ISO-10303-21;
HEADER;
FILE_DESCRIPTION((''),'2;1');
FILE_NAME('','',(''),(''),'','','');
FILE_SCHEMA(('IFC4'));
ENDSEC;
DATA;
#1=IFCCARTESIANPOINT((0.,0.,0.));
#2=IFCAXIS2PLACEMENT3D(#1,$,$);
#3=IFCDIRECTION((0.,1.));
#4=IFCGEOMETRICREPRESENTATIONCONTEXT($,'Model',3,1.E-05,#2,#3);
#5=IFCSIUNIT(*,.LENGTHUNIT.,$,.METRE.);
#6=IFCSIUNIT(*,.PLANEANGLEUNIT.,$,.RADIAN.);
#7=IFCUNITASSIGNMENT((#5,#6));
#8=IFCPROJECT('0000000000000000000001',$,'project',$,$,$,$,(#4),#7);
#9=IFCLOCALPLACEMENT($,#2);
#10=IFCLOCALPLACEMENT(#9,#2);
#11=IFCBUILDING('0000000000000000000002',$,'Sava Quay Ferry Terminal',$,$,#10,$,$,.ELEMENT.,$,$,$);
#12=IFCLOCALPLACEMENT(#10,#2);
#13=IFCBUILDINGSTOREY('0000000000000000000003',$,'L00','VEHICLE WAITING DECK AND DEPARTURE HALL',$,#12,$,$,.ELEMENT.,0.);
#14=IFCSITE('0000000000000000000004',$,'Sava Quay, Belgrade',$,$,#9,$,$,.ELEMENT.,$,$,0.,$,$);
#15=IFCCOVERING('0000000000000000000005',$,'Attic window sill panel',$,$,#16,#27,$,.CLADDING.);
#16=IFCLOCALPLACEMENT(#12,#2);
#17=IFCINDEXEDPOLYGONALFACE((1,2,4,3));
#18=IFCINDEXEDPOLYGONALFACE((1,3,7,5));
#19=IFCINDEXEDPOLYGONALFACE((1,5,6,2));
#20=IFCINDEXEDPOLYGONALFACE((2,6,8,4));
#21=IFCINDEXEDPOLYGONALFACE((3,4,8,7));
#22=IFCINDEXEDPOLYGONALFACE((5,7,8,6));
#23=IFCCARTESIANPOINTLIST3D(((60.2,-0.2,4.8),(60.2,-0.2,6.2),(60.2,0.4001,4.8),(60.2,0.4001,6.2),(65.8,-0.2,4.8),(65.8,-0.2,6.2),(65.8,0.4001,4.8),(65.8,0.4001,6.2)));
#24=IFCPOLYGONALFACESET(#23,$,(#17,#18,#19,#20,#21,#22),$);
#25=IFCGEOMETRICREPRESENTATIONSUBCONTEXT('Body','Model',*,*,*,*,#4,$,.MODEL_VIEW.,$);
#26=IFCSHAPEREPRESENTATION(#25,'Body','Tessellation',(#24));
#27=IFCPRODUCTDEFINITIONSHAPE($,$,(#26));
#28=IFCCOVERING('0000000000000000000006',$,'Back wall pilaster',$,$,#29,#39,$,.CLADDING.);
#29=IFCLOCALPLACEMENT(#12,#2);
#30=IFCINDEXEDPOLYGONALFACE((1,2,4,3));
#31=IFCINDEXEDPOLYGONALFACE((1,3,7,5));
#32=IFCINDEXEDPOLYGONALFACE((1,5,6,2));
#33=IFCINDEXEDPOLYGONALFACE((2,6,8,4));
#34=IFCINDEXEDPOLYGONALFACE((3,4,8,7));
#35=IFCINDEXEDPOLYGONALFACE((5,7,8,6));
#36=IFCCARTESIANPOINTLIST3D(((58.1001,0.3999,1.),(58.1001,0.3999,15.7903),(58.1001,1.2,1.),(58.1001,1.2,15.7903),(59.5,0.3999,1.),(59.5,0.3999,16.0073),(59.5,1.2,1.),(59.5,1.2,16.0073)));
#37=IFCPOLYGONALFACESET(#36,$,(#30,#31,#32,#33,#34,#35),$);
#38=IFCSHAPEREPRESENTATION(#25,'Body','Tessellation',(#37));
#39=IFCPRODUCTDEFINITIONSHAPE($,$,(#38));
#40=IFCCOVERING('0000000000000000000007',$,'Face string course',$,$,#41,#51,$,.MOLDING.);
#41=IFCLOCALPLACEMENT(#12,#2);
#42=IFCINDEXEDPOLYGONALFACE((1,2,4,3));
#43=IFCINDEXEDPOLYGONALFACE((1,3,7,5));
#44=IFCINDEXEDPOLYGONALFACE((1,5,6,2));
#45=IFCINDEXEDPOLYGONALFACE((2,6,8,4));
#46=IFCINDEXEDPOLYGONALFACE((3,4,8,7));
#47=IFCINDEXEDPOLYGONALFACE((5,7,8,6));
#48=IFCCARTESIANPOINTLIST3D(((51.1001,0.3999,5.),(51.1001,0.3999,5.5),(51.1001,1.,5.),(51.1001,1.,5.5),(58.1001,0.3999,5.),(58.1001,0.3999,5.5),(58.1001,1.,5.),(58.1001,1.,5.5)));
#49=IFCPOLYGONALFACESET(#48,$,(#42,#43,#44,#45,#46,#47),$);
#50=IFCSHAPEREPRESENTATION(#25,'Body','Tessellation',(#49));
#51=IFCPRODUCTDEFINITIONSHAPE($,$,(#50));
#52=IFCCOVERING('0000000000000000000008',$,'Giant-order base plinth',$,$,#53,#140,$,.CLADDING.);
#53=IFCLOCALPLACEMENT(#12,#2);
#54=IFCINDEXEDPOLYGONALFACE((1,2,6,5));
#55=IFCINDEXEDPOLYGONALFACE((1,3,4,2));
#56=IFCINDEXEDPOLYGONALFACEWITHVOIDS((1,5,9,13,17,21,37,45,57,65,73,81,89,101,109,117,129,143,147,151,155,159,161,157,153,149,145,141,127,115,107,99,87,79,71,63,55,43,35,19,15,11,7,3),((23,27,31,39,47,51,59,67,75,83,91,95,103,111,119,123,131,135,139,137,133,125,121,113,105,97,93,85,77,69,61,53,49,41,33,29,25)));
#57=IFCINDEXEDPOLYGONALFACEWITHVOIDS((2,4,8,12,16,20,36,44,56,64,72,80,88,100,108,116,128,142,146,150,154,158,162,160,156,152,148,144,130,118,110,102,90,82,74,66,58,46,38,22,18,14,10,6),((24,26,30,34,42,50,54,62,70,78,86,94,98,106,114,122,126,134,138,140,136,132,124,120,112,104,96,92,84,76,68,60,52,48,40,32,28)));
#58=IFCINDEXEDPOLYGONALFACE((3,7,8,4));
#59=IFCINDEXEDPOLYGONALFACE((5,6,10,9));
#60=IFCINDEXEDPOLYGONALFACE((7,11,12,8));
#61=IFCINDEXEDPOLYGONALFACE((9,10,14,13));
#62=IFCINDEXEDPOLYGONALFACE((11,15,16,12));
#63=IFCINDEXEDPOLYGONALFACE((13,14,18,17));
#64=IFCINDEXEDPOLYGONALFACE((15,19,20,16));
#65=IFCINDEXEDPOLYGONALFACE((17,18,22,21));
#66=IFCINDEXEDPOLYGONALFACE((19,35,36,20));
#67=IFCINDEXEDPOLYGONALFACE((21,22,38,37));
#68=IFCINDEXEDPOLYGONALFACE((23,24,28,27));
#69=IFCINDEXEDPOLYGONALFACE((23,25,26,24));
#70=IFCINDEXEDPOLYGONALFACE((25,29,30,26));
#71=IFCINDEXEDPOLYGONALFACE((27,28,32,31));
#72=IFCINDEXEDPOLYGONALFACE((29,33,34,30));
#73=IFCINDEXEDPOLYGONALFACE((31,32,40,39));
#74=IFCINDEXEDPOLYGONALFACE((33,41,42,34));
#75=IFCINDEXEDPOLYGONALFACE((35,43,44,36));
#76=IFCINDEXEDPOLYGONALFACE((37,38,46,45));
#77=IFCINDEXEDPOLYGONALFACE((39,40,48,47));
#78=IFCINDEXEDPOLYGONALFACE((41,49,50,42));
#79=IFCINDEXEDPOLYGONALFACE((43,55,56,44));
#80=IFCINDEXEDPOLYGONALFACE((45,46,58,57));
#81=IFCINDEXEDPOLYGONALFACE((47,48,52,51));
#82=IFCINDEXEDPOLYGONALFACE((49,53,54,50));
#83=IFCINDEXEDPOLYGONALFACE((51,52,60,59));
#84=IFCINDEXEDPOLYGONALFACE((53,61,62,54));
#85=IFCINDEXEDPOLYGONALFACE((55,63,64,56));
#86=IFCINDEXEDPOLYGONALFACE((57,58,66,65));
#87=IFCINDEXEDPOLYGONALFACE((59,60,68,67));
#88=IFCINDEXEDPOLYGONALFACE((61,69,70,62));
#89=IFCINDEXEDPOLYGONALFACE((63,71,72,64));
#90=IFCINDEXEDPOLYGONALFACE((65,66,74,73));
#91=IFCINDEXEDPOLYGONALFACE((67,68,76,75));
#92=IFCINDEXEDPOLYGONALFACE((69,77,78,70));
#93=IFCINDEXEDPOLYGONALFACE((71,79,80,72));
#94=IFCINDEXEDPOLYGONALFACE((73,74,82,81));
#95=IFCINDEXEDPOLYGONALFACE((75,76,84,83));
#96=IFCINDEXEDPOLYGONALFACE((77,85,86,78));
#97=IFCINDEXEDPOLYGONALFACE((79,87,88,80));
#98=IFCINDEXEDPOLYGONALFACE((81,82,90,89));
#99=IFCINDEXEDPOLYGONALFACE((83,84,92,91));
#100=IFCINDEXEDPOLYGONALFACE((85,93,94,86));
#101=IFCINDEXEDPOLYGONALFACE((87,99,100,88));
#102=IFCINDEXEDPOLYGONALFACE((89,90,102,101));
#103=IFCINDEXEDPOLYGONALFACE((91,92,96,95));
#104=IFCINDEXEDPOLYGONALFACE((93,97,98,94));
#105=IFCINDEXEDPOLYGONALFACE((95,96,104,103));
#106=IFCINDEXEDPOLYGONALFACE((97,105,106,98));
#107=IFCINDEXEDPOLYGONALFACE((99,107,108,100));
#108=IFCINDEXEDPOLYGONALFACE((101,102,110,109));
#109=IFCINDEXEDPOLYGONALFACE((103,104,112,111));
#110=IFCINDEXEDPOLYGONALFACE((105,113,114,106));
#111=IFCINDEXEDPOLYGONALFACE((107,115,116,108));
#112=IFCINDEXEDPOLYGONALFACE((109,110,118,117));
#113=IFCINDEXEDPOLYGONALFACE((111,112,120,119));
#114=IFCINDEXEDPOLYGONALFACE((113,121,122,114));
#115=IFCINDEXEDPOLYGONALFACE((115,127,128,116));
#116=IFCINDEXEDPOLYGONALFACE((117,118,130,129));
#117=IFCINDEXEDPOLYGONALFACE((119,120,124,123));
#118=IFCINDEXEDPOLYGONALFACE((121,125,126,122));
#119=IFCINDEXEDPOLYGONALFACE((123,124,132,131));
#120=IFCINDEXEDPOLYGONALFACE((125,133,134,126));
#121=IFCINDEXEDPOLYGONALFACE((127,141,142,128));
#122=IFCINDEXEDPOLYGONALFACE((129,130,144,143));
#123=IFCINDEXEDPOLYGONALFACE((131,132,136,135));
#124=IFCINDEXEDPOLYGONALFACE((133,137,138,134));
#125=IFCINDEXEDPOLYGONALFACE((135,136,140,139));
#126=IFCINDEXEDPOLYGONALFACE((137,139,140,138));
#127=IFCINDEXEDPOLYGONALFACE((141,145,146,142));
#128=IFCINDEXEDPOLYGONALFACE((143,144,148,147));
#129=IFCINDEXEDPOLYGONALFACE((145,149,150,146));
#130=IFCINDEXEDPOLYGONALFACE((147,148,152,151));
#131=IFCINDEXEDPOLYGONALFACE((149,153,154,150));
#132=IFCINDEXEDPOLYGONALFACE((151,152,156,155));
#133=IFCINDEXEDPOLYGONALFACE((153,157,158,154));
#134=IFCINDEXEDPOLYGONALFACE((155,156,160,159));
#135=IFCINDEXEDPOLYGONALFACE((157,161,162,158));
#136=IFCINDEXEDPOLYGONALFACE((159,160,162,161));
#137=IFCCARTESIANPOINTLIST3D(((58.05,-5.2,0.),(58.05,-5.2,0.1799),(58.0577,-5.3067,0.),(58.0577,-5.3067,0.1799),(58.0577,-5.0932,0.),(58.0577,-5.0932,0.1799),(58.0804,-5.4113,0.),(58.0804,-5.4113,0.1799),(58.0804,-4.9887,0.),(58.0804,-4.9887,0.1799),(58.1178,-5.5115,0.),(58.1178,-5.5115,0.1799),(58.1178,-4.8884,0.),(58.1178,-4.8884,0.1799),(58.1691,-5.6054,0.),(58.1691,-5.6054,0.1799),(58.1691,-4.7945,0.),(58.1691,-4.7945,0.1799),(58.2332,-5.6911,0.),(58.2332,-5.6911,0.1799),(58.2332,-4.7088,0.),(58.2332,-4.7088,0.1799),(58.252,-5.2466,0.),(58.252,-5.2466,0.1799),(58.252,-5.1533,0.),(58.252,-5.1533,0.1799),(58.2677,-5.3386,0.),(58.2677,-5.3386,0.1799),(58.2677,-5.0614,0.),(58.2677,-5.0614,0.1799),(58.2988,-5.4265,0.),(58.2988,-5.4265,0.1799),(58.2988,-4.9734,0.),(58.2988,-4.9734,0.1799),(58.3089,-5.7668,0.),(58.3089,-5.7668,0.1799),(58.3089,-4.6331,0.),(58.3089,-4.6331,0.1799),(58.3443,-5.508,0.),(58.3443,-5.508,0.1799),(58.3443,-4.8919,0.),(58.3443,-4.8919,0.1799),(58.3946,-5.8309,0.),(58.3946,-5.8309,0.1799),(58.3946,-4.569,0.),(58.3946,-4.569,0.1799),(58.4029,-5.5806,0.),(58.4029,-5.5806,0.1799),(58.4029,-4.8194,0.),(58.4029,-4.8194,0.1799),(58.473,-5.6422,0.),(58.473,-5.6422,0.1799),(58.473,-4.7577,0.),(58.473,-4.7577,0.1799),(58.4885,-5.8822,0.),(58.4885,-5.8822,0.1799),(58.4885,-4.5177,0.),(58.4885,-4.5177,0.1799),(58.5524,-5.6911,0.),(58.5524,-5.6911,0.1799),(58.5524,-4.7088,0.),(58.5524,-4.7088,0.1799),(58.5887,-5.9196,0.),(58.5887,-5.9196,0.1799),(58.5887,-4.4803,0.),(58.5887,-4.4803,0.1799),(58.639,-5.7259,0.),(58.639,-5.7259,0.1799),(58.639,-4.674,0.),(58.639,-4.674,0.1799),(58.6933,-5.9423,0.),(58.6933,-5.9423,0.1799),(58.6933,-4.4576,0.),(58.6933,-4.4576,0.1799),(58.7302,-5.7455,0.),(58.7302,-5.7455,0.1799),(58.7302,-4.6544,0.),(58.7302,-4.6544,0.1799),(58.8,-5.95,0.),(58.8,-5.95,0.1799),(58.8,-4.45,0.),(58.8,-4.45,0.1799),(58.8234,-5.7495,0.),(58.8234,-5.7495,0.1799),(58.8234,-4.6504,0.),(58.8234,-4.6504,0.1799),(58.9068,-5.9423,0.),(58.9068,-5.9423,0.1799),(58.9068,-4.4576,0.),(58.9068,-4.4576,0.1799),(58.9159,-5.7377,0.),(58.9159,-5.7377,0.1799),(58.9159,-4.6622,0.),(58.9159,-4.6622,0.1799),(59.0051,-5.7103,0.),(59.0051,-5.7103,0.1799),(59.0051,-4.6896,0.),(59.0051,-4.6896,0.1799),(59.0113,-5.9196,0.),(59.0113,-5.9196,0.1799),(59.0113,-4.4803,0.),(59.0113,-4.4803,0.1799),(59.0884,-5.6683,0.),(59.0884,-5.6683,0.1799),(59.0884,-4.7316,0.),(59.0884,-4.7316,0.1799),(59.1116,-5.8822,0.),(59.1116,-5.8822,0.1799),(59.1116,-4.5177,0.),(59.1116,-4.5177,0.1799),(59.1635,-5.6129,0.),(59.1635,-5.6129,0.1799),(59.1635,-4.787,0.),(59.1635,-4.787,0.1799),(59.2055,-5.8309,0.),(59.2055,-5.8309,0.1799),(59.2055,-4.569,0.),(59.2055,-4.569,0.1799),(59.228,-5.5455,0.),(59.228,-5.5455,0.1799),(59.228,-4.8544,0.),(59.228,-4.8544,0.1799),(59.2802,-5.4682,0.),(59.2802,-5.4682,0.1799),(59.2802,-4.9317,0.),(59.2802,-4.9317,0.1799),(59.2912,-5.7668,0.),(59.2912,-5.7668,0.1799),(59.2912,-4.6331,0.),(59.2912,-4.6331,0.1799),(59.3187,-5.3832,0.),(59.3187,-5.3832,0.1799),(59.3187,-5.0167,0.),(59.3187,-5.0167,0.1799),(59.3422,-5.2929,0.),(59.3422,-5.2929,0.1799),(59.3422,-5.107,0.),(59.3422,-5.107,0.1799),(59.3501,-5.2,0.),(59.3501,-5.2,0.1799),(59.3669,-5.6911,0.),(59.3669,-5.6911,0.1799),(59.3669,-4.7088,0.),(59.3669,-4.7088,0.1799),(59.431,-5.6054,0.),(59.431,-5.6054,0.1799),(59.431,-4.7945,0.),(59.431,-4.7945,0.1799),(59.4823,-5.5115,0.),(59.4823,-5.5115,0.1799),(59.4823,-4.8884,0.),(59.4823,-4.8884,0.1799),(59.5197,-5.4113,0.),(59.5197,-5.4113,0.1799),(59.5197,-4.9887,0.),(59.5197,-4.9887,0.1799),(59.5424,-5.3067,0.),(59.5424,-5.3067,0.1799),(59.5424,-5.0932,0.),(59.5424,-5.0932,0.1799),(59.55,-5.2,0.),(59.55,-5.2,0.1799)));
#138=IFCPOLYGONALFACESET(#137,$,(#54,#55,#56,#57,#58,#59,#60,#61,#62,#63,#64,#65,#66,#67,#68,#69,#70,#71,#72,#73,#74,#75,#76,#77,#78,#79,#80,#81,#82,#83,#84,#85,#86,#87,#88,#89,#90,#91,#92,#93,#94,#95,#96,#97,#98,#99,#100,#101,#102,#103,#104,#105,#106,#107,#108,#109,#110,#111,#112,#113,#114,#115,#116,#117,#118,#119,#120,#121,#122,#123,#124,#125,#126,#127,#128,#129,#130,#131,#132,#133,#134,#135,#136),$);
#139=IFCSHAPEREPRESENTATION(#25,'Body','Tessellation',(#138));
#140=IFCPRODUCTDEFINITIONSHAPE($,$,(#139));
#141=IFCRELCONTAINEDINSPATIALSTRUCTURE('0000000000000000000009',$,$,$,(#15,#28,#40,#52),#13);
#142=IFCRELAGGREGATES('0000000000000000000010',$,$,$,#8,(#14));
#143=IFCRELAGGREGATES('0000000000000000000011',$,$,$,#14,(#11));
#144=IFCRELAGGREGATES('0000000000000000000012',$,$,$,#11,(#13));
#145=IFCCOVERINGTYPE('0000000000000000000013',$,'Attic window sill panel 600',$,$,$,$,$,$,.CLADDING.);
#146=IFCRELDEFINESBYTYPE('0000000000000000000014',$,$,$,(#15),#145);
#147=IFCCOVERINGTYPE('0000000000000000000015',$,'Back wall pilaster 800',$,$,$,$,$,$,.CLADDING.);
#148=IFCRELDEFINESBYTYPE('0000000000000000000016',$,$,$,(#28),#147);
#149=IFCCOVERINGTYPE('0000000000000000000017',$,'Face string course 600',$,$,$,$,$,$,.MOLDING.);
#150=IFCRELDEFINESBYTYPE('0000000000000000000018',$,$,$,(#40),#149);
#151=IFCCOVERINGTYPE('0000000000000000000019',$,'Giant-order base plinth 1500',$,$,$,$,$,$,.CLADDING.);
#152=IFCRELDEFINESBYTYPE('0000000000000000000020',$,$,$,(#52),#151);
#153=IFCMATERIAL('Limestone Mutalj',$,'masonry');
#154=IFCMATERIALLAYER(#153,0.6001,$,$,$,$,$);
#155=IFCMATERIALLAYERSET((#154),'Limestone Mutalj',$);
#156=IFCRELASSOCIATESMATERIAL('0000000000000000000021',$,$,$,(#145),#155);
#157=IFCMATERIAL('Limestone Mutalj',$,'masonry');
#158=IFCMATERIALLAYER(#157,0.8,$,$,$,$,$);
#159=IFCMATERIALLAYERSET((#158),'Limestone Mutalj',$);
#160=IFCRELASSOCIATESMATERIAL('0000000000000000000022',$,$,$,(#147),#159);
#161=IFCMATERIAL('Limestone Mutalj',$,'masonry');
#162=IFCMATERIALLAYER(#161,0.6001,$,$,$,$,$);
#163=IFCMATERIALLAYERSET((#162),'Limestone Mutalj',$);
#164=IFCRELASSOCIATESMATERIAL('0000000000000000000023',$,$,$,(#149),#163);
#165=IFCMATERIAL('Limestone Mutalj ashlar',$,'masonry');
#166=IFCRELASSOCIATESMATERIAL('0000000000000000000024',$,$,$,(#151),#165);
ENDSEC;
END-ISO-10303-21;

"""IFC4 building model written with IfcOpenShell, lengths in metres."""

from ifc_helpers import new_model, si_unit, direction, frame, origin, origin_2d, place, context, subcontext, project, spatial, polyline, rectangle, hollow_circle, outline, extrude, material, layer, layer_set, material_profile, profile_set, type_object, element, save


model = new_model("IFC4")

# Units and contexts
model_context = context("Model", 3, precision=1e-05, world=origin(), true_north=direction((0.0, 1.0)))
body_context = subcontext(model_context, "Body", "Model", "MODEL_VIEW")
ifc_project = project(units=[si_unit("LENGTHUNIT", "METRE"), si_unit("PLANEANGLEUNIT", "RADIAN")], contexts=[model_context])

# Site, building, storey
site_placement = place(None, origin())
site = spatial("IfcSite", under=ifc_project, at=site_placement, Name="Sava Quay, Belgrade", CompositionType="ELEMENT", RefElevation=0.0)
building_placement = place(site_placement, origin())
building = spatial("IfcBuilding", under=site, at=building_placement, Name="Sava Quay Ferry Terminal", CompositionType="ELEMENT")
storey_placement = place(building_placement, origin())
storey = spatial("IfcBuildingStorey", under=building, at=storey_placement, Name="L00", Description="VEHICLE WAITING DECK AND DEPARTURE HALL", CompositionType="ELEMENT", Elevation=0.0)

# Coverings
ifc_material_1 = material(Name="Limestone Mutalj", Category="masonry")
ifc_layer_1 = layer(ifc_material_1, 0.6001)
ifc_layer_set_1 = layer_set([ifc_layer_1], Name="Limestone Mutalj")
covering_type_1 = type_object("IfcCoveringType", Name="Attic window sill panel 600", PredefinedType="CLADDING", material=ifc_layer_set_1)
covering_1_placement = place(storey_placement, frame((60.2, -0.2, 4.8), z_axis=(0.0, -1.0, 0.0), x_axis=(1.0, 0.0, 0.0)))
element("IfcCovering", 1, at=covering_1_placement, inside=storey, type_object=covering_type_1, Name="Attic window sill panel", PredefinedType="CLADDING", context=body_context, shape_type="SweptSolid", body=[
    extrude(outline(polyline([(0.0, 0.0), (5.6001, 0.0), (5.6001, 1.3999), (0.0, 1.3999), (0.0, 0.0)])), origin(), (0.0, 0.0, -1.0), 0.6001),
])
ifc_material_2 = material(Name="Limestone Mutalj", Category="masonry")
ifc_layer_2 = layer(ifc_material_2, 0.8)
ifc_layer_set_2 = layer_set([ifc_layer_2], Name="Limestone Mutalj")
covering_type_2 = type_object("IfcCoveringType", Name="Back wall pilaster 800", PredefinedType="CLADDING", material=ifc_layer_set_2)
covering_2_placement = place(storey_placement, frame((58.1001, 0.3999, 1.0), z_axis=(0.0, -1.0, 0.0), x_axis=(1.0, 0.0, 0.0)))
element("IfcCovering", 2, at=covering_2_placement, inside=storey, type_object=covering_type_2, Name="Back wall pilaster", PredefinedType="CLADDING", context=body_context, shape_type="SweptSolid", body=[
    extrude(outline(polyline([(0.0, 0.0), (1.3999, 0.0), (1.3999, 15.0073), (0.0, 14.7903), (0.0, 0.0)])), origin(), (0.0, 0.0, -1.0), 0.8),
])
ifc_material_3 = material(Name="Limestone Mutalj", Category="masonry")
ifc_layer_3 = layer(ifc_material_3, 0.6001)
ifc_layer_set_3 = layer_set([ifc_layer_3], Name="Limestone Mutalj")
covering_type_3 = type_object("IfcCoveringType", Name="Face string course 600", PredefinedType="MOLDING", material=ifc_layer_set_3)
covering_3_placement = place(storey_placement, frame((54.6001, 0.7, 5.0), z_axis=(0.0, 0.0, 1.0), x_axis=(1.0, 0.0, 0.0)))
element("IfcCovering", 3, at=covering_3_placement, inside=storey, type_object=covering_type_3, Name="Face string course", PredefinedType="MOLDING", context=body_context, shape_type="SweptSolid", body=[
    extrude(rectangle(XDim=7.0, YDim=0.6001, at=origin_2d()), origin(), (0.0, 0.0, 1.0), 0.5),
])
ifc_material_4 = material(Name="Limestone Mutalj ashlar", Category="masonry")
ifc_material_profile_1 = material_profile(ifc_material_4, hollow_circle(Radius=0.75, WallThickness=0.2, at=origin_2d()), Name="Base plinth 1500")
ifc_profile_set_1 = profile_set([ifc_material_profile_1], Name="Limestone Mutalj ashlar")
covering_type_4 = type_object("IfcCoveringType", Name="Giant-order base plinth 1500", PredefinedType="CLADDING", material=ifc_profile_set_1)
for number, where, z_axis, x_axis, name in (
    (4, (58.8, -5.2, 0.0), (0.0, 0.0, 1.0), (1.0, 0.0, 0.0), "Giant-order base plinth"),
):
    element("IfcCovering", number, at=place(storey_placement, frame(where, z_axis=z_axis, x_axis=x_axis)), inside=storey, type_object=covering_type_4, Name=name, PredefinedType="CLADDING", context=body_context, shape_type="SweptSolid", body=[
        extrude(hollow_circle(Radius=0.75, WallThickness=0.2, at=origin_2d()), origin(), (0.0, 0.0, 1.0), 0.1799),
    ])

save(model, "model.ifc")
